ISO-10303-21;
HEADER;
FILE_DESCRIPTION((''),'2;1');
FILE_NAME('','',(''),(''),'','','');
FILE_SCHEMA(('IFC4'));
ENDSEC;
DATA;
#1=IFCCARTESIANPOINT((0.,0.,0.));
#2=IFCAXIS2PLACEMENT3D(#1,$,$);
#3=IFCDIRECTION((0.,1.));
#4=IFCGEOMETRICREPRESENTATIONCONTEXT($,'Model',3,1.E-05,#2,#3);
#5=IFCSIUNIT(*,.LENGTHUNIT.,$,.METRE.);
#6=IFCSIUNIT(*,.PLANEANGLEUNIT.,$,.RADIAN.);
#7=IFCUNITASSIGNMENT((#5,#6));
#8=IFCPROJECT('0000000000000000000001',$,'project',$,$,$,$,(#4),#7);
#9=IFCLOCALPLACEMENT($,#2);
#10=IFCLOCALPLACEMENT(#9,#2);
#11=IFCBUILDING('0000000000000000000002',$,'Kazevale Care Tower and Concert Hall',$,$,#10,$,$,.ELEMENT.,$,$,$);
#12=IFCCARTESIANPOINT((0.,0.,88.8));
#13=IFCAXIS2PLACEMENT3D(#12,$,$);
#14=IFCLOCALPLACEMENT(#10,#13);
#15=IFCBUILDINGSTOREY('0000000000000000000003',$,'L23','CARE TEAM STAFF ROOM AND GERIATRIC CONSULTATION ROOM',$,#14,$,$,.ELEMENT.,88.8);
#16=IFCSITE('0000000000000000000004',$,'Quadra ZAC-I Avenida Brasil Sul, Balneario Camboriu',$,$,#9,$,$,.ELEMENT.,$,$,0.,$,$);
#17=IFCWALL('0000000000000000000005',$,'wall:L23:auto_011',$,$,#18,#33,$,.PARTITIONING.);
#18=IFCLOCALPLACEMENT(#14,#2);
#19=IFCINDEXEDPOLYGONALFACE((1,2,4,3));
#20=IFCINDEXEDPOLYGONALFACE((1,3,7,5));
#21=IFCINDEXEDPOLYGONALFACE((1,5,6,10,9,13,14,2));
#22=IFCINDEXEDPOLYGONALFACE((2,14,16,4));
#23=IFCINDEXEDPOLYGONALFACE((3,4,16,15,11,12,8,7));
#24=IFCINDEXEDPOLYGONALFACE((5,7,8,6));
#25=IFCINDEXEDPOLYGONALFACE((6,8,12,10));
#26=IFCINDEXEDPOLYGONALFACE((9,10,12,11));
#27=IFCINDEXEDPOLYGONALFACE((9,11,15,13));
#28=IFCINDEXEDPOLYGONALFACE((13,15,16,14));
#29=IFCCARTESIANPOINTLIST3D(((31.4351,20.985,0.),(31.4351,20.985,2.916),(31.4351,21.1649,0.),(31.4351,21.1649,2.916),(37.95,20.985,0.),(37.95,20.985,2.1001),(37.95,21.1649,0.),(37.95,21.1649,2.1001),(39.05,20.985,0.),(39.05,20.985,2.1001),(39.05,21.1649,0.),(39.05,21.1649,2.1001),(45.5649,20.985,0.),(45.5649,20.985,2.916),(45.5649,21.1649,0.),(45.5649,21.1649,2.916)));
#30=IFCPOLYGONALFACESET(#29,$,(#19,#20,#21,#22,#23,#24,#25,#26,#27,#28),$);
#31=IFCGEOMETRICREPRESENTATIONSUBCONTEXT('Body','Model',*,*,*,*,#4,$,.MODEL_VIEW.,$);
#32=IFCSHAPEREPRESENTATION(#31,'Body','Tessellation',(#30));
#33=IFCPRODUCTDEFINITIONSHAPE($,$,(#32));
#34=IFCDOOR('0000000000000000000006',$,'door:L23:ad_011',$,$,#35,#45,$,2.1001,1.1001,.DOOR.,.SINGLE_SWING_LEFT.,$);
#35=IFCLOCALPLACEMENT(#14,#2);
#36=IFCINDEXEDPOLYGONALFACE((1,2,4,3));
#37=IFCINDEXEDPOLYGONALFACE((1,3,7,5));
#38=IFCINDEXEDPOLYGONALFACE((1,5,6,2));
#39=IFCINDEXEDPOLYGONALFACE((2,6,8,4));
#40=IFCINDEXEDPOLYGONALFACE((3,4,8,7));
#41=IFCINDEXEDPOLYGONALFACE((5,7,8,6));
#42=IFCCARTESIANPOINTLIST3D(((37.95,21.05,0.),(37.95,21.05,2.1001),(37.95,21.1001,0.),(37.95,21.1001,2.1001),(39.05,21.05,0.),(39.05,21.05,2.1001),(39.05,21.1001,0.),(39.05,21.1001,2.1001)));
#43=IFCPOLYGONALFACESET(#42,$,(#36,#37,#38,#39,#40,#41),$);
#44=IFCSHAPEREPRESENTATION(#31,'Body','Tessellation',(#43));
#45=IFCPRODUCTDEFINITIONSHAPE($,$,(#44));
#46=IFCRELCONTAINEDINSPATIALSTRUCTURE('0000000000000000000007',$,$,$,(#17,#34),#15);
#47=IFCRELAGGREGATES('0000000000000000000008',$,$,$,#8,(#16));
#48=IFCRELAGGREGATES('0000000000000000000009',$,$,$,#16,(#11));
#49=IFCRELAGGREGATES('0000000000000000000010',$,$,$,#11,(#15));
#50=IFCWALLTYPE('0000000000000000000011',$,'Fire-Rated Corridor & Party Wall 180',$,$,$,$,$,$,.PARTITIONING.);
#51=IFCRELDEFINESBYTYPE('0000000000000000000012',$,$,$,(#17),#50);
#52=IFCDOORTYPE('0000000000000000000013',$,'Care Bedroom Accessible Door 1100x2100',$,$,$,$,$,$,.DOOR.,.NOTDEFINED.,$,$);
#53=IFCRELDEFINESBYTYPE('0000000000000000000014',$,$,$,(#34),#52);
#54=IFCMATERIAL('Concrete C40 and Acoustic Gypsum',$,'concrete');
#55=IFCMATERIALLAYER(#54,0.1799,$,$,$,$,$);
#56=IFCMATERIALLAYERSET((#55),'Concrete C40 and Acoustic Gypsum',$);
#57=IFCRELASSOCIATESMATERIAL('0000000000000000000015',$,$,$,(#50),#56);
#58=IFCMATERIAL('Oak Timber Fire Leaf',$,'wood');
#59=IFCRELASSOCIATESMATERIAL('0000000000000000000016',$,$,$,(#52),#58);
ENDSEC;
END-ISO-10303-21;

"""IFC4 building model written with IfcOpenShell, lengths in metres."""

from ifc_helpers import new_model, si_unit, direction, frame, frame_2d, origin, place, context, subcontext, project, spatial, rectangle, extrude, material, layer, layer_set, type_object, element, fill, save


model = new_model("IFC4")

# Units and contexts
model_context = context("Model", 3, precision=1e-05, world=origin(), true_north=direction((0.0, 1.0)))
body_context = subcontext(model_context, "Body", "Model", "MODEL_VIEW")
ifc_project = project(units=[si_unit("LENGTHUNIT", "METRE"), si_unit("PLANEANGLEUNIT", "RADIAN")], contexts=[model_context])

# Site, building, storey
site_placement = place(None, origin())
site = spatial("IfcSite", under=ifc_project, at=site_placement, Name="Quadra ZAC-I Avenida Brasil Sul, Balneario Camboriu", CompositionType="ELEMENT", RefElevation=0.0)
building_placement = place(site_placement, origin())
building = spatial("IfcBuilding", under=site, at=building_placement, Name="Kazevale Care Tower and Concert Hall", CompositionType="ELEMENT")
storey_placement = place(building_placement, frame((0.0, 0.0, 88.8)))
storey = spatial("IfcBuildingStorey", under=building, at=storey_placement, Name="L23", Description="CARE TEAM STAFF ROOM AND GERIATRIC CONSULTATION ROOM", CompositionType="ELEMENT", Elevation=88.8)

# Wall, opening, door
ifc_material_1 = material(Name="Concrete C40 and Acoustic Gypsum", Category="concrete")
ifc_layer_1 = layer(ifc_material_1, 0.1799)
ifc_layer_set_1 = layer_set([ifc_layer_1], Name="Concrete C40 and Acoustic Gypsum")
wall_type_1 = type_object("IfcWallType", Name="Fire-Rated Corridor & Party Wall 180", PredefinedType="PARTITIONING", material=ifc_layer_set_1)
ifc_material_2 = material(Name="Oak Timber Fire Leaf", Category="wood")
door_type_1 = type_object("IfcDoorType", Name="Care Bedroom Accessible Door 1100x2100", OperationType="NOTDEFINED", PredefinedType="DOOR", material=ifc_material_2)
wall_1_placement = place(storey_placement, frame((45.5649, 21.075, 0.0), z_axis=(0.0, 0.0, 1.0), x_axis=(-1.0, 0.0, 0.0)))
wall_1 = element("IfcWall", 1, at=wall_1_placement, inside=storey, type_object=wall_type_1, Name="wall:L23:auto_011", PredefinedType="PARTITIONING", context=body_context, shape_type="SweptSolid", body=[
    extrude(rectangle(XDim=14.1299, YDim=0.1799, at=frame_2d((7.0649, 0.0))), origin(), (0.0, 0.0, 1.0), 2.916),
])
opening_1_placement = place(wall_1_placement, frame((6.5149, 0.0, 0.0)))
opening_1 = element("IfcOpeningElement", 2, at=opening_1_placement, cuts=wall_1, PredefinedType="OPENING", context=body_context, shape_type="SweptSolid", body=[
    extrude(rectangle(XDim=1.1001, YDim=2.1001, at=frame_2d((0.55, 1.05))), frame((0.0, 0.0999, 0.0), z_axis=(0.0, -1.0, 0.0), x_axis=(1.0, 0.0, 0.0)), (0.0, 0.0, 1.0), 0.2),
])
door_1_placement = place(opening_1_placement, origin())
door_1 = element("IfcDoor", 3, at=door_1_placement, inside=storey, type_object=door_type_1, Name="door:L23:ad_011", OperationType="SINGLE_SWING_LEFT", OverallHeight=2.1001, OverallWidth=1.1001, PredefinedType="DOOR", context=body_context, shape_type="SweptSolid", body=[
    extrude(rectangle(XDim=1.1001, YDim=2.1001, at=frame_2d((0.55, 1.05))), frame((0.0, 0.0249, 0.0), z_axis=(0.0, -1.0, 0.0), x_axis=(1.0, 0.0, 0.0)), (0.0, 0.0, 1.0), 0.05),
])
fill(opening_1, door_1)

save(model, "model.ifc")
